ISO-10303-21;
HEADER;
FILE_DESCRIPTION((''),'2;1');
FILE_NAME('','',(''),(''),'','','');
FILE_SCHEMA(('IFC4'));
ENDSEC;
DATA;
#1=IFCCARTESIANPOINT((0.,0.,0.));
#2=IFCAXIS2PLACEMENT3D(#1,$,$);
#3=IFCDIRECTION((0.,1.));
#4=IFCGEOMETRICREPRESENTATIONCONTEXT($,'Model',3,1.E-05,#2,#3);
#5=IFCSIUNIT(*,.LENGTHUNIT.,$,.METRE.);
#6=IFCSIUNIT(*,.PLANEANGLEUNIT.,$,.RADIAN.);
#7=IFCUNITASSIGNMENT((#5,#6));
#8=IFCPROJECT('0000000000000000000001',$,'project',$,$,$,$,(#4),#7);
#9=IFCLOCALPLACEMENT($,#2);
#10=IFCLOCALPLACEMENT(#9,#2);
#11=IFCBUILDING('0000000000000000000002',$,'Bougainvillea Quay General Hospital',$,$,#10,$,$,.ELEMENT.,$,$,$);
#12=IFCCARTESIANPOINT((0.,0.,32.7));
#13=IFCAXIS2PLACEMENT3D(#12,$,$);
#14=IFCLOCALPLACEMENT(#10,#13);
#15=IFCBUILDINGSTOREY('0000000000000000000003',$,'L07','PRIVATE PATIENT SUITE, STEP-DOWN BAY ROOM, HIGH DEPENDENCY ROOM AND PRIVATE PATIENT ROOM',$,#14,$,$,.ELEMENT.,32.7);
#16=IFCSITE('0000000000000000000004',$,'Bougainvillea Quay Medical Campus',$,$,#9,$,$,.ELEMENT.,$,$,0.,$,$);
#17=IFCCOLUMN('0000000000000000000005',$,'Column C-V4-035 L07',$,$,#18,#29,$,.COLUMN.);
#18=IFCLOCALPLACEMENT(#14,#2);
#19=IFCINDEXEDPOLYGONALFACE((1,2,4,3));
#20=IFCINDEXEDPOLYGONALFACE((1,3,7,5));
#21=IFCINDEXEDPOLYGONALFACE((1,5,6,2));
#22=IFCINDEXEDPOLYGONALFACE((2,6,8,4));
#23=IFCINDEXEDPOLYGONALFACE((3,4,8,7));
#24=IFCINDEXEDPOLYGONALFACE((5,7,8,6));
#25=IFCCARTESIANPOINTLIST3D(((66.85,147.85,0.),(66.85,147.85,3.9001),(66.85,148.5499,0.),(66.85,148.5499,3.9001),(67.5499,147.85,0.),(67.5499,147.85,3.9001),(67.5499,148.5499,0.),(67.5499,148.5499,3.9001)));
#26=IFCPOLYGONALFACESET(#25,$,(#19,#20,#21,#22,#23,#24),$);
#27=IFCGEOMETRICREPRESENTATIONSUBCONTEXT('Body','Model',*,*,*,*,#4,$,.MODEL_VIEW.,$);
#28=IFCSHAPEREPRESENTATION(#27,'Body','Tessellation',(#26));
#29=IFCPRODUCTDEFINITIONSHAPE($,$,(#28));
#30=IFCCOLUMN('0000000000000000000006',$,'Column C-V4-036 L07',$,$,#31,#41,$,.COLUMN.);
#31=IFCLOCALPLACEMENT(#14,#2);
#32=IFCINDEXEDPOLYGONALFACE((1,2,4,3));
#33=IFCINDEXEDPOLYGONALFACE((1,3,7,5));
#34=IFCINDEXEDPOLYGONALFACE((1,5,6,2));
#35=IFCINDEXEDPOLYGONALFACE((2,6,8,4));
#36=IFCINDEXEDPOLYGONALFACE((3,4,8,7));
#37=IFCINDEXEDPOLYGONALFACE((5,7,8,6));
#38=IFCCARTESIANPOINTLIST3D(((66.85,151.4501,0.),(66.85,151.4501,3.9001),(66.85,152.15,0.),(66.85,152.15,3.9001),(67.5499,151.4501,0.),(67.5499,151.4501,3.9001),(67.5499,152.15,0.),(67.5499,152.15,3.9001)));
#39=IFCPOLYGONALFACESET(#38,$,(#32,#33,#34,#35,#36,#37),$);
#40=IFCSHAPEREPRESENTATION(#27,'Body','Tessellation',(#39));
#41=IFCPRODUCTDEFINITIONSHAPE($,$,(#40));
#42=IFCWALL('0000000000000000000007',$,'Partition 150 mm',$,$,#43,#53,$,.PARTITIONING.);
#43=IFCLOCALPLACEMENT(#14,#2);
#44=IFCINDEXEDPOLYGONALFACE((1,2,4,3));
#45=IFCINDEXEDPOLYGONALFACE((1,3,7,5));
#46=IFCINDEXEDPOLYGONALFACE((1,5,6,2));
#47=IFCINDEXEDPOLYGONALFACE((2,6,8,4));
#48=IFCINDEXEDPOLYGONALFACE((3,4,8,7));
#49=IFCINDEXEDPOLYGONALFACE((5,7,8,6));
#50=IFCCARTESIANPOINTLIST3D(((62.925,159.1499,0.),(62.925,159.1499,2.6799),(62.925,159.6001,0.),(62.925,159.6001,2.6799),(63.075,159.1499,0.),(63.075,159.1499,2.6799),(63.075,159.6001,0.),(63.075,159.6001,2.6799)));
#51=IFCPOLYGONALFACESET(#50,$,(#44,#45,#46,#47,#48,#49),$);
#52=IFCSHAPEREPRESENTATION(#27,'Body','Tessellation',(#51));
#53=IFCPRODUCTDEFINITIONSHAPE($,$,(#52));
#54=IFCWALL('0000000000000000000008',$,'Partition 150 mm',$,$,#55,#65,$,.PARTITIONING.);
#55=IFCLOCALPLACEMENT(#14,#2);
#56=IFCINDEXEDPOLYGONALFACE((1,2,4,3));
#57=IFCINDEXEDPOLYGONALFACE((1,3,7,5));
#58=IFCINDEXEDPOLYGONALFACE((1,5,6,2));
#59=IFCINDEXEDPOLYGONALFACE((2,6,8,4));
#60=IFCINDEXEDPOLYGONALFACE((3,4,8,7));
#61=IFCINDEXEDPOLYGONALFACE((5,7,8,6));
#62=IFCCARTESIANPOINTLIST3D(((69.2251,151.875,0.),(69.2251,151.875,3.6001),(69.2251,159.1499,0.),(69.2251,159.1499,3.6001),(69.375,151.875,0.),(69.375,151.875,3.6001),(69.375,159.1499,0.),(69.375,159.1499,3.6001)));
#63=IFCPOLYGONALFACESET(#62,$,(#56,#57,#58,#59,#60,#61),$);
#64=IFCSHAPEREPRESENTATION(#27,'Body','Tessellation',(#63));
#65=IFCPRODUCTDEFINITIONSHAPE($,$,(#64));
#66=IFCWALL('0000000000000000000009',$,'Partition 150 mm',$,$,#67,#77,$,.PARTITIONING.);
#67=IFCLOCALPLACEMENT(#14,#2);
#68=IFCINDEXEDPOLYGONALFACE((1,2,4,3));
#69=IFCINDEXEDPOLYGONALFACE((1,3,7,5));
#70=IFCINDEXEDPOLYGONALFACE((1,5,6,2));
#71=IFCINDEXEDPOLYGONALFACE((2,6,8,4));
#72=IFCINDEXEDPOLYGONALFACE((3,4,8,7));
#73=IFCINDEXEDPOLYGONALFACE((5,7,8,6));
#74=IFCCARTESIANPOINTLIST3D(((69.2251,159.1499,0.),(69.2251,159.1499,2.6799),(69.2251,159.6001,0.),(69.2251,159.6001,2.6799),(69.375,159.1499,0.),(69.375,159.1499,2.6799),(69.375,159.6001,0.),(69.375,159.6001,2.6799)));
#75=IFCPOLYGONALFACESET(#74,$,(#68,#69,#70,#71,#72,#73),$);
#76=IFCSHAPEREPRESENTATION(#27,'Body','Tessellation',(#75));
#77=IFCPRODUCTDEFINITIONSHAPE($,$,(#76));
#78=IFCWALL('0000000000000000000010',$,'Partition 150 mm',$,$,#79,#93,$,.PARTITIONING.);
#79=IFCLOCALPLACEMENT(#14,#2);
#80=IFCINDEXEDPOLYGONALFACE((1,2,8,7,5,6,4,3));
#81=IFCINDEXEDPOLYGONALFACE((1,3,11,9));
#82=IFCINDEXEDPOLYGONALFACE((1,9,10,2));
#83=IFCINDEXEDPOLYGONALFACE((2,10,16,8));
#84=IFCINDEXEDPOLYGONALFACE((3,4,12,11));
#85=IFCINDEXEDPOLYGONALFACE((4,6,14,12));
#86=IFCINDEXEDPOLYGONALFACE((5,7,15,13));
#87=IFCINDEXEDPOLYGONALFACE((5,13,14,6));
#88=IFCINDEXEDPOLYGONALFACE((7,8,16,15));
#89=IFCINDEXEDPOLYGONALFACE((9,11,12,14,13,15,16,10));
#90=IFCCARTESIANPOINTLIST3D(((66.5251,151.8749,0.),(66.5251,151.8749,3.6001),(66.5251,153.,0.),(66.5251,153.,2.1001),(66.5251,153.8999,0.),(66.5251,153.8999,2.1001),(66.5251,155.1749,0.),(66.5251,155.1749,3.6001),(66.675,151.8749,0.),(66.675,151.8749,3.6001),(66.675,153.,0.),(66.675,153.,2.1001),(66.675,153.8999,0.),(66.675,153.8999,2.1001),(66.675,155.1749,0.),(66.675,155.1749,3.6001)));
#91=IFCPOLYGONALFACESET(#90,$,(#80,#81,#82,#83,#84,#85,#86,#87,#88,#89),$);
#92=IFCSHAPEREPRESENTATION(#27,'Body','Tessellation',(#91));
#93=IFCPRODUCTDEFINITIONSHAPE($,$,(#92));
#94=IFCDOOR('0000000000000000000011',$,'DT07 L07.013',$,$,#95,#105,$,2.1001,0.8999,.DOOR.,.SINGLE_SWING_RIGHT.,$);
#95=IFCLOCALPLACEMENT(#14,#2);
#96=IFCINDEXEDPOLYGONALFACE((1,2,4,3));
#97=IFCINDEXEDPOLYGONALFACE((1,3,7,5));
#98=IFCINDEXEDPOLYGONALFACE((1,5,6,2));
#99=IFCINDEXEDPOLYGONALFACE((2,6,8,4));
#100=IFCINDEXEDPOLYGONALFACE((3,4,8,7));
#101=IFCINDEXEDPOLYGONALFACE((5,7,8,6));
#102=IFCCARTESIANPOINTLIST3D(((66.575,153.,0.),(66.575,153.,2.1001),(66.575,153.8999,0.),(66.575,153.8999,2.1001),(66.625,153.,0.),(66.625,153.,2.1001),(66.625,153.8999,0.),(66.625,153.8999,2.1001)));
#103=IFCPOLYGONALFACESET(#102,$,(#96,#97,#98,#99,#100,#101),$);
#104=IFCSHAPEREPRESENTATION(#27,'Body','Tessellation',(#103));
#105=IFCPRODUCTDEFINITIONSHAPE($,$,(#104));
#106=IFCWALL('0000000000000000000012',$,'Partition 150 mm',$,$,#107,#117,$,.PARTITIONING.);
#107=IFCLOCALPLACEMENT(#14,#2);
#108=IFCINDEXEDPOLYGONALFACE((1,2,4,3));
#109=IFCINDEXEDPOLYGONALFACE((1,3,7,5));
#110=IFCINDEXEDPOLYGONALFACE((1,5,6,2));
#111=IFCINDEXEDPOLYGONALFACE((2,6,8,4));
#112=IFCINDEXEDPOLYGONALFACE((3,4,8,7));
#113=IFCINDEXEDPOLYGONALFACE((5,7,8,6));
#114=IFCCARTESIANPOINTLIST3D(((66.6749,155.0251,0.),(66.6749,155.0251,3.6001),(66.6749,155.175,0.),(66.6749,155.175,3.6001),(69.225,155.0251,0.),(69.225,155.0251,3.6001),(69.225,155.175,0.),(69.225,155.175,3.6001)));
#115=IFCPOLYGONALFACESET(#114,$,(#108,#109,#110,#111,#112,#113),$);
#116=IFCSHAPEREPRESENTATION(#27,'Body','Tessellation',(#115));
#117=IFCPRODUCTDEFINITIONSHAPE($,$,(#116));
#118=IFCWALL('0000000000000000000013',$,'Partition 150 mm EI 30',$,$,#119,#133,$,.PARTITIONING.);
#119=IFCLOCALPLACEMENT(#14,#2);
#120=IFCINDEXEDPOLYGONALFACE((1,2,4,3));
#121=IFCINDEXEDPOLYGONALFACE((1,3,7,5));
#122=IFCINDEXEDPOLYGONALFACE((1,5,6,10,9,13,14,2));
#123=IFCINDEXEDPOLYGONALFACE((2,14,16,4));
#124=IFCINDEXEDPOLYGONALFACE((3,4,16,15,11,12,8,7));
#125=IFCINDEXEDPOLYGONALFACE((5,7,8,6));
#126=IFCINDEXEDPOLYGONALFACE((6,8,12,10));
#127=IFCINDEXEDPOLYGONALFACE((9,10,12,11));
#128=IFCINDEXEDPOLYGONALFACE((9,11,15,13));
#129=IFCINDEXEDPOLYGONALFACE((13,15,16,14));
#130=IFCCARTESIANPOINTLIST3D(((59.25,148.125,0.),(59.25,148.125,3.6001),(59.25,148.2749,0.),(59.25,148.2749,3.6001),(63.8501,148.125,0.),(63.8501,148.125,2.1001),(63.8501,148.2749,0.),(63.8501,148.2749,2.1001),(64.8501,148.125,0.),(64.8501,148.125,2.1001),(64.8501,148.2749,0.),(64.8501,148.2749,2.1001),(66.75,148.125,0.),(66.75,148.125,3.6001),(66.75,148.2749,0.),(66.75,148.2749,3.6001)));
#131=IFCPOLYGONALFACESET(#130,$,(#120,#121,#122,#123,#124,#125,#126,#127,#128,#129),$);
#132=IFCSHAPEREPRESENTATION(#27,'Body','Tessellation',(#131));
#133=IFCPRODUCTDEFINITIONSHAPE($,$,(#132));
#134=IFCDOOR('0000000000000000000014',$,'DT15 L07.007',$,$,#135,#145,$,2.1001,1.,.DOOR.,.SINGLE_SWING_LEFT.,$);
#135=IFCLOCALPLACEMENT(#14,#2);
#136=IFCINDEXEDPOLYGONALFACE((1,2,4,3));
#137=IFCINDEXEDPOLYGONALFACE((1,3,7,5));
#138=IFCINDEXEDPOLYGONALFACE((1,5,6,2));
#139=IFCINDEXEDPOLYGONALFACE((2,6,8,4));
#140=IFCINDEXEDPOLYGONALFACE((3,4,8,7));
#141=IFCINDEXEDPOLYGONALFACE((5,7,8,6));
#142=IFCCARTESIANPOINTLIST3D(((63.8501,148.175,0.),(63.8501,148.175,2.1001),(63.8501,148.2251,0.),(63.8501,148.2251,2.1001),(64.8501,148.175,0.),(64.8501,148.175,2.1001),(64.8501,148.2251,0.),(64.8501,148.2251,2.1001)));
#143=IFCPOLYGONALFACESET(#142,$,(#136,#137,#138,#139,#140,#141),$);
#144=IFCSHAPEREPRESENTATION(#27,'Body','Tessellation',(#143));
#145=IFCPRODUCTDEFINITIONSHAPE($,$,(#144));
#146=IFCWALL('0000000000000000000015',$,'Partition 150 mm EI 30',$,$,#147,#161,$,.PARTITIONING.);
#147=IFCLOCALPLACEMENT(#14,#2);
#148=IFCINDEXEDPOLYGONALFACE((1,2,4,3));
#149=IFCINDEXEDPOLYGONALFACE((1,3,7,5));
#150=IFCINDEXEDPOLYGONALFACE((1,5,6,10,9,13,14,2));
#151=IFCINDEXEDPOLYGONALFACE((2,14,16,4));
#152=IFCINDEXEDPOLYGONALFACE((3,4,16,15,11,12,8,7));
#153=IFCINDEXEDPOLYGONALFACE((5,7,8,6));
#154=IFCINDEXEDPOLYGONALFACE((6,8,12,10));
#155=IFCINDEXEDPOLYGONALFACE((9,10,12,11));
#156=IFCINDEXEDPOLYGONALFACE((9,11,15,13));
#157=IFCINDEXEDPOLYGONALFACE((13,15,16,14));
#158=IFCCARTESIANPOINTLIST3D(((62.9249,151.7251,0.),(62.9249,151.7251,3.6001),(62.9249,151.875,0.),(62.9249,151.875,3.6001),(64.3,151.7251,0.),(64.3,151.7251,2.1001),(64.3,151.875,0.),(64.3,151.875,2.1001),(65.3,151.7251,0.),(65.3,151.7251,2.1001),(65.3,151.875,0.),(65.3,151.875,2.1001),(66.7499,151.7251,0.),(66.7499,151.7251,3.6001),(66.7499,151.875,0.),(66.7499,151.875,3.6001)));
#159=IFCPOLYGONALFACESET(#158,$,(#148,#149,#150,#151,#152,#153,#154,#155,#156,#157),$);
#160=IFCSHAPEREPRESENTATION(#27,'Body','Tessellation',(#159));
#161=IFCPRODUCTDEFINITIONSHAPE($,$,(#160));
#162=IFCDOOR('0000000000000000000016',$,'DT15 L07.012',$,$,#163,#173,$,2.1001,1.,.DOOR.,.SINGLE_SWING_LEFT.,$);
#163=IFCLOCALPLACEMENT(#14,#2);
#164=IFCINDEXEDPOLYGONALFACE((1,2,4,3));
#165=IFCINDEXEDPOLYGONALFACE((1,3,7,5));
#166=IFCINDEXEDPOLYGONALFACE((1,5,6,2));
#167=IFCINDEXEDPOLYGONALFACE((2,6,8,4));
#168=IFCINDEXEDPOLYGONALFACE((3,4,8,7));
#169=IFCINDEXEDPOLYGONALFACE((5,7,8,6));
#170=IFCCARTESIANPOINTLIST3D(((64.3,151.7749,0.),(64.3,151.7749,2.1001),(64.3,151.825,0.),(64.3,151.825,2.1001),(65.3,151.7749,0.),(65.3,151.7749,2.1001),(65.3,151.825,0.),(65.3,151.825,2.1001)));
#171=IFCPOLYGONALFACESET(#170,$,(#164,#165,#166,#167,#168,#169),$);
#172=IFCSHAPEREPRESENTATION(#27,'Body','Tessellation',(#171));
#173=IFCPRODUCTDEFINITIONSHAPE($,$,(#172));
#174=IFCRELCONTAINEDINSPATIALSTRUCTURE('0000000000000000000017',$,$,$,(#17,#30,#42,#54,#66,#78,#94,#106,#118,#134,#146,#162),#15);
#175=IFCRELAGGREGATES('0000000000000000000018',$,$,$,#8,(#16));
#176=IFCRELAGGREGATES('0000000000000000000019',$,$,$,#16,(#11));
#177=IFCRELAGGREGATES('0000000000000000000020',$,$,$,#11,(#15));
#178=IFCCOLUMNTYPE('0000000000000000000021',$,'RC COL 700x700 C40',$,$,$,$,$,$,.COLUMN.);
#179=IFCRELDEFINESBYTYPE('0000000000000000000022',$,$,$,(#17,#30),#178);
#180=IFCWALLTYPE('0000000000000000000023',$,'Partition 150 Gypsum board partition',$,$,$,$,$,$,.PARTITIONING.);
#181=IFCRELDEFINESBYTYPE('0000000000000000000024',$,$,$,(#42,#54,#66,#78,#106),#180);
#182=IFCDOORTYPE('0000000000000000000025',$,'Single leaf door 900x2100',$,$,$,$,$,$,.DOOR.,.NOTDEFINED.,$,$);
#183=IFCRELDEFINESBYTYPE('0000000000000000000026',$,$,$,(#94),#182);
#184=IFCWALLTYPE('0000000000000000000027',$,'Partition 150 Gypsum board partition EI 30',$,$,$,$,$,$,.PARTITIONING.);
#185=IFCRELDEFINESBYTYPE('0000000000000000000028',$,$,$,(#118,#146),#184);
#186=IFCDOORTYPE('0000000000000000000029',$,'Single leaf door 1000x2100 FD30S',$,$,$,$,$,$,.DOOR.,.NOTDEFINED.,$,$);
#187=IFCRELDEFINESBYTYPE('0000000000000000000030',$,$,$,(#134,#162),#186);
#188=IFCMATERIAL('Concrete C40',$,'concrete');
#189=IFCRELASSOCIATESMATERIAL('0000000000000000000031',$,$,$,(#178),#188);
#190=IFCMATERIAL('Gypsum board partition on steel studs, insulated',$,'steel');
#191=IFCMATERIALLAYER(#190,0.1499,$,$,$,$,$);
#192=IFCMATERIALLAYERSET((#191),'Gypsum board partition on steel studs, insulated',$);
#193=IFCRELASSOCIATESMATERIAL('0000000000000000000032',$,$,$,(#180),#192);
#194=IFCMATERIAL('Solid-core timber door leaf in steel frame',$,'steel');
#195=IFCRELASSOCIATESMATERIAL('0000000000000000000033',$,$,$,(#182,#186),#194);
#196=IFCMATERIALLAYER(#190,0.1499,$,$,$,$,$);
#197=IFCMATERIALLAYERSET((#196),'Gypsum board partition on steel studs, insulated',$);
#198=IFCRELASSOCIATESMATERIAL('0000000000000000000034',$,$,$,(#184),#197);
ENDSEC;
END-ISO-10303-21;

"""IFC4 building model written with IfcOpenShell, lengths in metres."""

from ifc_helpers import new_model, si_unit, direction, frame, frame_2d, origin, origin_2d, place, context, subcontext, project, spatial, rectangle, extrude, material, layer, layer_set, material_profile, profile_set, type_object, element, fill, save


model = new_model("IFC4")

# Units and contexts
model_context = context("Model", 3, precision=1e-05, world=origin(), true_north=direction((0.0, 1.0)))
body_context = subcontext(model_context, "Body", "Model", "MODEL_VIEW")
ifc_project = project(units=[si_unit("LENGTHUNIT", "METRE"), si_unit("PLANEANGLEUNIT", "RADIAN")], contexts=[model_context])

# Site, building, storey
site_placement = place(None, origin())
site = spatial("IfcSite", under=ifc_project, at=site_placement, Name="Bougainvillea Quay Medical Campus", CompositionType="ELEMENT", RefElevation=0.0)
building_placement = place(site_placement, origin())
building = spatial("IfcBuilding", under=site, at=building_placement, Name="Bougainvillea Quay General Hospital", CompositionType="ELEMENT")
storey_placement = place(building_placement, frame((0.0, 0.0, 32.7)))
storey = spatial("IfcBuildingStorey", under=building, at=storey_placement, Name="L07", Description="PRIVATE PATIENT SUITE, STEP-DOWN BAY ROOM, HIGH DEPENDENCY ROOM AND PRIVATE PATIENT ROOM", CompositionType="ELEMENT", Elevation=32.7)

# Columns
ifc_material_1 = material(Name="Concrete C40", Category="concrete")
ifc_material_profile_1 = material_profile(ifc_material_1, rectangle(XDim=0.7, YDim=0.7, at=origin_2d()))
ifc_profile_set_1 = profile_set([ifc_material_profile_1], Name="Concrete C40")
column_type = type_object("IfcColumnType", Name="RC COL 700x700 C40", PredefinedType="COLUMN", material=ifc_profile_set_1)
for number, where, z_axis, x_axis, name in (
    (1, (67.2, 148.2, 0.0), (0.0, 0.0, 1.0), (1.0, 0.0, 0.0), "Column C-V4-035 L07"),
    (2, (67.2, 151.8, 0.0), (0.0, 0.0, 1.0), (1.0, 0.0, 0.0), "Column C-V4-036 L07"),
):
    element("IfcColumn", number, at=place(storey_placement, frame(where, z_axis=z_axis, x_axis=x_axis)), inside=storey, type_object=column_type, Name=name, PredefinedType="COLUMN", context=body_context, shape_type="SweptSolid", body=[
        extrude(rectangle(XDim=0.7, YDim=0.7, at=origin_2d()), origin(), (0.0, 0.0, 1.0), 3.9001),
    ])

# Walls
ifc_material_2 = material(Name="Gypsum board partition on steel studs, insulated", Category="steel")
ifc_layer_1 = layer(ifc_material_2, 0.1499)
ifc_layer_set_1 = layer_set([ifc_layer_1], Name="Gypsum board partition on steel studs, insulated")
wall_type_1 = type_object("IfcWallType", Name="Partition 150 Gypsum board partition", PredefinedType="PARTITIONING", material=ifc_layer_set_1)
wall_1_placement = place(storey_placement, frame((63.0, 159.1499, 0.0), z_axis=(0.0, 0.0, 1.0), x_axis=(0.0, 1.0, 0.0)))
element("IfcWall", 3, at=wall_1_placement, inside=storey, type_object=wall_type_1, Name="Partition 150 mm", PredefinedType="PARTITIONING", context=body_context, shape_type="SweptSolid", body=[
    extrude(rectangle(XDim=0.4502, YDim=0.1499, at=frame_2d((0.2251, 0.0))), origin(), (0.0, 0.0, 1.0), 2.6799),
])
wall_2_placement = place(storey_placement, frame((69.3, 151.875, 0.0), z_axis=(0.0, 0.0, 1.0), x_axis=(0.0, 1.0, 0.0)))
element("IfcWall", 4, at=wall_2_placement, inside=storey, type_object=wall_type_1, Name="Partition 150 mm", PredefinedType="PARTITIONING", context=body_context, shape_type="SweptSolid", body=[
    extrude(rectangle(XDim=7.2749, YDim=0.1499, at=frame_2d((3.6375, 0.0))), origin(), (0.0, 0.0, 1.0), 3.6001),
])
wall_3_placement = place(storey_placement, frame((69.3, 159.1499, 0.0), z_axis=(0.0, 0.0, 1.0), x_axis=(0.0, 1.0, 0.0)))
element("IfcWall", 5, at=wall_3_placement, inside=storey, type_object=wall_type_1, Name="Partition 150 mm", PredefinedType="PARTITIONING", context=body_context, shape_type="SweptSolid", body=[
    extrude(rectangle(XDim=0.4502, YDim=0.1499, at=frame_2d((0.2251, 0.0))), origin(), (0.0, 0.0, 1.0), 2.6799),
])

# Wall, opening, door
wall_4_placement = place(storey_placement, frame((66.6001, 151.875, 0.0), z_axis=(0.0, 0.0, 1.0), x_axis=(0.0, 1.0, 0.0)))
wall_4 = element("IfcWall", 6, at=wall_4_placement, inside=storey, type_object=wall_type_1, Name="Partition 150 mm", PredefinedType="PARTITIONING", context=body_context, shape_type="SweptSolid", body=[
    extrude(rectangle(XDim=3.3, YDim=0.1499, at=frame_2d((1.6499, 0.0))), origin(), (0.0, 0.0, 1.0), 3.6001),
])
opening_1_placement = place(wall_4_placement, frame((1.125, 0.0, 0.0)))
opening_1 = element("IfcOpeningElement", 7, at=opening_1_placement, cuts=wall_4, PredefinedType="OPENING", context=body_context, shape_type="SweptSolid", body=[
    extrude(rectangle(XDim=0.8999, YDim=2.1001, at=frame_2d((0.45, 1.05))), frame((0.0, 0.085, 0.0), z_axis=(0.0, -1.0, 0.0), x_axis=(1.0, 0.0, 0.0)), (0.0, 0.0, 1.0), 0.1699),
])
ifc_material_3 = material(Name="Solid-core timber door leaf in steel frame", Category="steel")
door_type_1 = type_object("IfcDoorType", Name="Single leaf door 900x2100", OperationType="NOTDEFINED", PredefinedType="DOOR", material=ifc_material_3)
door_1_placement = place(opening_1_placement, frame((0.8999, 0.0, 0.0), z_axis=(0.0, 0.0, 1.0), x_axis=(-1.0, 0.0, 0.0)))
door_1 = element("IfcDoor", 8, at=door_1_placement, inside=storey, type_object=door_type_1, Name="DT07 L07.013", OperationType="SINGLE_SWING_RIGHT", OverallHeight=2.1001, OverallWidth=0.8999, PredefinedType="DOOR", context=body_context, shape_type="SweptSolid", body=[
    extrude(rectangle(XDim=0.8999, YDim=2.1001, at=frame_2d((0.45, 1.05))), frame((0.0, 0.0249, 0.0), z_axis=(0.0, -1.0, 0.0), x_axis=(1.0, 0.0, 0.0)), (0.0, 0.0, 1.0), 0.05),
])
fill(opening_1, door_1)

# Wall
wall_5_placement = place(storey_placement, frame((66.675, 155.1001, 0.0), z_axis=(0.0, 0.0, 1.0), x_axis=(1.0, 0.0, 0.0)))
element("IfcWall", 9, at=wall_5_placement, inside=storey, type_object=wall_type_1, Name="Partition 150 mm", PredefinedType="PARTITIONING", context=body_context, shape_type="SweptSolid", body=[
    extrude(rectangle(XDim=2.55, YDim=0.1499, at=frame_2d((1.2749, 0.0))), origin(), (0.0, 0.0, 1.0), 3.6001),
])

# Walls, openings, doors
ifc_layer_2 = layer(ifc_material_2, 0.1499)
ifc_layer_set_2 = layer_set([ifc_layer_2], Name="Gypsum board partition on steel studs, insulated")
wall_type_2 = type_object("IfcWallType", Name="Partition 150 Gypsum board partition EI 30", PredefinedType="PARTITIONING", material=ifc_layer_set_2)
wall_6_placement = place(storey_placement, frame((66.75, 148.2, 0.0), z_axis=(0.0, 0.0, 1.0), x_axis=(-1.0, 0.0, 0.0)))
wall_6 = element("IfcWall", 10, at=wall_6_placement, inside=storey, type_object=wall_type_2, Name="Partition 150 mm EI 30", PredefinedType="PARTITIONING", context=body_context, shape_type="SweptSolid", body=[
    extrude(rectangle(XDim=7.5, YDim=0.1499, at=frame_2d((3.75, 0.0))), origin(), (0.0, 0.0, 1.0), 3.6001),
])
opening_2_placement = place(wall_6_placement, frame((1.8999, 0.0, 0.0)))
opening_2 = element("IfcOpeningElement", 11, at=opening_2_placement, cuts=wall_6, PredefinedType="OPENING", context=body_context, shape_type="SweptSolid", body=[
    extrude(rectangle(XDim=1.0, YDim=2.1001, at=frame_2d((0.5, 1.05))), frame((0.0, 0.085, 0.0), z_axis=(0.0, -1.0, 0.0), x_axis=(1.0, 0.0, 0.0)), (0.0, 0.0, 1.0), 0.1699),
])
door_type_2 = type_object("IfcDoorType", Name="Single leaf door 1000x2100 FD30S", OperationType="NOTDEFINED", PredefinedType="DOOR", material=ifc_material_3)
door_2_placement = place(opening_2_placement, origin())
door_2 = element("IfcDoor", 12, at=door_2_placement, inside=storey, type_object=door_type_2, Name="DT15 L07.007", OperationType="SINGLE_SWING_LEFT", OverallHeight=2.1001, OverallWidth=1.0, PredefinedType="DOOR", context=body_context, shape_type="SweptSolid", body=[
    extrude(rectangle(XDim=1.0, YDim=2.1001, at=frame_2d((0.5, 1.05))), frame((0.0, 0.0249, 0.0), z_axis=(0.0, -1.0, 0.0), x_axis=(1.0, 0.0, 0.0)), (0.0, 0.0, 1.0), 0.05),
])
fill(opening_2, door_2)
wall_7_placement = place(storey_placement, frame((66.75, 151.8, 0.0), z_axis=(0.0, 0.0, 1.0), x_axis=(-1.0, 0.0, 0.0)))
wall_7 = element("IfcWall", 13, at=wall_7_placement, inside=storey, type_object=wall_type_2, Name="Partition 150 mm EI 30", PredefinedType="PARTITIONING", context=body_context, shape_type="SweptSolid", body=[
    extrude(rectangle(XDim=3.825, YDim=0.1499, at=frame_2d((1.9126, 0.0))), origin(), (0.0, 0.0, 1.0), 3.6001),
])
opening_3_placement = place(wall_7_placement, frame((1.45, 0.0, 0.0)))
opening_3 = element("IfcOpeningElement", 14, at=opening_3_placement, cuts=wall_7, PredefinedType="OPENING", context=body_context, shape_type="SweptSolid", body=[
    extrude(rectangle(XDim=1.0, YDim=2.1001, at=frame_2d((0.5, 1.05))), frame((0.0, 0.085, 0.0), z_axis=(0.0, -1.0, 0.0), x_axis=(1.0, 0.0, 0.0)), (0.0, 0.0, 1.0), 0.1699),
])
door_3_placement = place(opening_3_placement, frame((1.0, 0.0, 0.0), z_axis=(0.0, 0.0, 1.0), x_axis=(-1.0, 0.0, 0.0)))
door_3 = element("IfcDoor", 15, at=door_3_placement, inside=storey, type_object=door_type_2, Name="DT15 L07.012", OperationType="SINGLE_SWING_LEFT", OverallHeight=2.1001, OverallWidth=1.0, PredefinedType="DOOR", context=body_context, shape_type="SweptSolid", body=[
    extrude(rectangle(XDim=1.0, YDim=2.1001, at=frame_2d((0.5, 1.05))), frame((0.0, 0.0249, 0.0), z_axis=(0.0, -1.0, 0.0), x_axis=(1.0, 0.0, 0.0)), (0.0, 0.0, 1.0), 0.05),
])
fill(opening_3, door_3)

save(model, "model.ifc")
